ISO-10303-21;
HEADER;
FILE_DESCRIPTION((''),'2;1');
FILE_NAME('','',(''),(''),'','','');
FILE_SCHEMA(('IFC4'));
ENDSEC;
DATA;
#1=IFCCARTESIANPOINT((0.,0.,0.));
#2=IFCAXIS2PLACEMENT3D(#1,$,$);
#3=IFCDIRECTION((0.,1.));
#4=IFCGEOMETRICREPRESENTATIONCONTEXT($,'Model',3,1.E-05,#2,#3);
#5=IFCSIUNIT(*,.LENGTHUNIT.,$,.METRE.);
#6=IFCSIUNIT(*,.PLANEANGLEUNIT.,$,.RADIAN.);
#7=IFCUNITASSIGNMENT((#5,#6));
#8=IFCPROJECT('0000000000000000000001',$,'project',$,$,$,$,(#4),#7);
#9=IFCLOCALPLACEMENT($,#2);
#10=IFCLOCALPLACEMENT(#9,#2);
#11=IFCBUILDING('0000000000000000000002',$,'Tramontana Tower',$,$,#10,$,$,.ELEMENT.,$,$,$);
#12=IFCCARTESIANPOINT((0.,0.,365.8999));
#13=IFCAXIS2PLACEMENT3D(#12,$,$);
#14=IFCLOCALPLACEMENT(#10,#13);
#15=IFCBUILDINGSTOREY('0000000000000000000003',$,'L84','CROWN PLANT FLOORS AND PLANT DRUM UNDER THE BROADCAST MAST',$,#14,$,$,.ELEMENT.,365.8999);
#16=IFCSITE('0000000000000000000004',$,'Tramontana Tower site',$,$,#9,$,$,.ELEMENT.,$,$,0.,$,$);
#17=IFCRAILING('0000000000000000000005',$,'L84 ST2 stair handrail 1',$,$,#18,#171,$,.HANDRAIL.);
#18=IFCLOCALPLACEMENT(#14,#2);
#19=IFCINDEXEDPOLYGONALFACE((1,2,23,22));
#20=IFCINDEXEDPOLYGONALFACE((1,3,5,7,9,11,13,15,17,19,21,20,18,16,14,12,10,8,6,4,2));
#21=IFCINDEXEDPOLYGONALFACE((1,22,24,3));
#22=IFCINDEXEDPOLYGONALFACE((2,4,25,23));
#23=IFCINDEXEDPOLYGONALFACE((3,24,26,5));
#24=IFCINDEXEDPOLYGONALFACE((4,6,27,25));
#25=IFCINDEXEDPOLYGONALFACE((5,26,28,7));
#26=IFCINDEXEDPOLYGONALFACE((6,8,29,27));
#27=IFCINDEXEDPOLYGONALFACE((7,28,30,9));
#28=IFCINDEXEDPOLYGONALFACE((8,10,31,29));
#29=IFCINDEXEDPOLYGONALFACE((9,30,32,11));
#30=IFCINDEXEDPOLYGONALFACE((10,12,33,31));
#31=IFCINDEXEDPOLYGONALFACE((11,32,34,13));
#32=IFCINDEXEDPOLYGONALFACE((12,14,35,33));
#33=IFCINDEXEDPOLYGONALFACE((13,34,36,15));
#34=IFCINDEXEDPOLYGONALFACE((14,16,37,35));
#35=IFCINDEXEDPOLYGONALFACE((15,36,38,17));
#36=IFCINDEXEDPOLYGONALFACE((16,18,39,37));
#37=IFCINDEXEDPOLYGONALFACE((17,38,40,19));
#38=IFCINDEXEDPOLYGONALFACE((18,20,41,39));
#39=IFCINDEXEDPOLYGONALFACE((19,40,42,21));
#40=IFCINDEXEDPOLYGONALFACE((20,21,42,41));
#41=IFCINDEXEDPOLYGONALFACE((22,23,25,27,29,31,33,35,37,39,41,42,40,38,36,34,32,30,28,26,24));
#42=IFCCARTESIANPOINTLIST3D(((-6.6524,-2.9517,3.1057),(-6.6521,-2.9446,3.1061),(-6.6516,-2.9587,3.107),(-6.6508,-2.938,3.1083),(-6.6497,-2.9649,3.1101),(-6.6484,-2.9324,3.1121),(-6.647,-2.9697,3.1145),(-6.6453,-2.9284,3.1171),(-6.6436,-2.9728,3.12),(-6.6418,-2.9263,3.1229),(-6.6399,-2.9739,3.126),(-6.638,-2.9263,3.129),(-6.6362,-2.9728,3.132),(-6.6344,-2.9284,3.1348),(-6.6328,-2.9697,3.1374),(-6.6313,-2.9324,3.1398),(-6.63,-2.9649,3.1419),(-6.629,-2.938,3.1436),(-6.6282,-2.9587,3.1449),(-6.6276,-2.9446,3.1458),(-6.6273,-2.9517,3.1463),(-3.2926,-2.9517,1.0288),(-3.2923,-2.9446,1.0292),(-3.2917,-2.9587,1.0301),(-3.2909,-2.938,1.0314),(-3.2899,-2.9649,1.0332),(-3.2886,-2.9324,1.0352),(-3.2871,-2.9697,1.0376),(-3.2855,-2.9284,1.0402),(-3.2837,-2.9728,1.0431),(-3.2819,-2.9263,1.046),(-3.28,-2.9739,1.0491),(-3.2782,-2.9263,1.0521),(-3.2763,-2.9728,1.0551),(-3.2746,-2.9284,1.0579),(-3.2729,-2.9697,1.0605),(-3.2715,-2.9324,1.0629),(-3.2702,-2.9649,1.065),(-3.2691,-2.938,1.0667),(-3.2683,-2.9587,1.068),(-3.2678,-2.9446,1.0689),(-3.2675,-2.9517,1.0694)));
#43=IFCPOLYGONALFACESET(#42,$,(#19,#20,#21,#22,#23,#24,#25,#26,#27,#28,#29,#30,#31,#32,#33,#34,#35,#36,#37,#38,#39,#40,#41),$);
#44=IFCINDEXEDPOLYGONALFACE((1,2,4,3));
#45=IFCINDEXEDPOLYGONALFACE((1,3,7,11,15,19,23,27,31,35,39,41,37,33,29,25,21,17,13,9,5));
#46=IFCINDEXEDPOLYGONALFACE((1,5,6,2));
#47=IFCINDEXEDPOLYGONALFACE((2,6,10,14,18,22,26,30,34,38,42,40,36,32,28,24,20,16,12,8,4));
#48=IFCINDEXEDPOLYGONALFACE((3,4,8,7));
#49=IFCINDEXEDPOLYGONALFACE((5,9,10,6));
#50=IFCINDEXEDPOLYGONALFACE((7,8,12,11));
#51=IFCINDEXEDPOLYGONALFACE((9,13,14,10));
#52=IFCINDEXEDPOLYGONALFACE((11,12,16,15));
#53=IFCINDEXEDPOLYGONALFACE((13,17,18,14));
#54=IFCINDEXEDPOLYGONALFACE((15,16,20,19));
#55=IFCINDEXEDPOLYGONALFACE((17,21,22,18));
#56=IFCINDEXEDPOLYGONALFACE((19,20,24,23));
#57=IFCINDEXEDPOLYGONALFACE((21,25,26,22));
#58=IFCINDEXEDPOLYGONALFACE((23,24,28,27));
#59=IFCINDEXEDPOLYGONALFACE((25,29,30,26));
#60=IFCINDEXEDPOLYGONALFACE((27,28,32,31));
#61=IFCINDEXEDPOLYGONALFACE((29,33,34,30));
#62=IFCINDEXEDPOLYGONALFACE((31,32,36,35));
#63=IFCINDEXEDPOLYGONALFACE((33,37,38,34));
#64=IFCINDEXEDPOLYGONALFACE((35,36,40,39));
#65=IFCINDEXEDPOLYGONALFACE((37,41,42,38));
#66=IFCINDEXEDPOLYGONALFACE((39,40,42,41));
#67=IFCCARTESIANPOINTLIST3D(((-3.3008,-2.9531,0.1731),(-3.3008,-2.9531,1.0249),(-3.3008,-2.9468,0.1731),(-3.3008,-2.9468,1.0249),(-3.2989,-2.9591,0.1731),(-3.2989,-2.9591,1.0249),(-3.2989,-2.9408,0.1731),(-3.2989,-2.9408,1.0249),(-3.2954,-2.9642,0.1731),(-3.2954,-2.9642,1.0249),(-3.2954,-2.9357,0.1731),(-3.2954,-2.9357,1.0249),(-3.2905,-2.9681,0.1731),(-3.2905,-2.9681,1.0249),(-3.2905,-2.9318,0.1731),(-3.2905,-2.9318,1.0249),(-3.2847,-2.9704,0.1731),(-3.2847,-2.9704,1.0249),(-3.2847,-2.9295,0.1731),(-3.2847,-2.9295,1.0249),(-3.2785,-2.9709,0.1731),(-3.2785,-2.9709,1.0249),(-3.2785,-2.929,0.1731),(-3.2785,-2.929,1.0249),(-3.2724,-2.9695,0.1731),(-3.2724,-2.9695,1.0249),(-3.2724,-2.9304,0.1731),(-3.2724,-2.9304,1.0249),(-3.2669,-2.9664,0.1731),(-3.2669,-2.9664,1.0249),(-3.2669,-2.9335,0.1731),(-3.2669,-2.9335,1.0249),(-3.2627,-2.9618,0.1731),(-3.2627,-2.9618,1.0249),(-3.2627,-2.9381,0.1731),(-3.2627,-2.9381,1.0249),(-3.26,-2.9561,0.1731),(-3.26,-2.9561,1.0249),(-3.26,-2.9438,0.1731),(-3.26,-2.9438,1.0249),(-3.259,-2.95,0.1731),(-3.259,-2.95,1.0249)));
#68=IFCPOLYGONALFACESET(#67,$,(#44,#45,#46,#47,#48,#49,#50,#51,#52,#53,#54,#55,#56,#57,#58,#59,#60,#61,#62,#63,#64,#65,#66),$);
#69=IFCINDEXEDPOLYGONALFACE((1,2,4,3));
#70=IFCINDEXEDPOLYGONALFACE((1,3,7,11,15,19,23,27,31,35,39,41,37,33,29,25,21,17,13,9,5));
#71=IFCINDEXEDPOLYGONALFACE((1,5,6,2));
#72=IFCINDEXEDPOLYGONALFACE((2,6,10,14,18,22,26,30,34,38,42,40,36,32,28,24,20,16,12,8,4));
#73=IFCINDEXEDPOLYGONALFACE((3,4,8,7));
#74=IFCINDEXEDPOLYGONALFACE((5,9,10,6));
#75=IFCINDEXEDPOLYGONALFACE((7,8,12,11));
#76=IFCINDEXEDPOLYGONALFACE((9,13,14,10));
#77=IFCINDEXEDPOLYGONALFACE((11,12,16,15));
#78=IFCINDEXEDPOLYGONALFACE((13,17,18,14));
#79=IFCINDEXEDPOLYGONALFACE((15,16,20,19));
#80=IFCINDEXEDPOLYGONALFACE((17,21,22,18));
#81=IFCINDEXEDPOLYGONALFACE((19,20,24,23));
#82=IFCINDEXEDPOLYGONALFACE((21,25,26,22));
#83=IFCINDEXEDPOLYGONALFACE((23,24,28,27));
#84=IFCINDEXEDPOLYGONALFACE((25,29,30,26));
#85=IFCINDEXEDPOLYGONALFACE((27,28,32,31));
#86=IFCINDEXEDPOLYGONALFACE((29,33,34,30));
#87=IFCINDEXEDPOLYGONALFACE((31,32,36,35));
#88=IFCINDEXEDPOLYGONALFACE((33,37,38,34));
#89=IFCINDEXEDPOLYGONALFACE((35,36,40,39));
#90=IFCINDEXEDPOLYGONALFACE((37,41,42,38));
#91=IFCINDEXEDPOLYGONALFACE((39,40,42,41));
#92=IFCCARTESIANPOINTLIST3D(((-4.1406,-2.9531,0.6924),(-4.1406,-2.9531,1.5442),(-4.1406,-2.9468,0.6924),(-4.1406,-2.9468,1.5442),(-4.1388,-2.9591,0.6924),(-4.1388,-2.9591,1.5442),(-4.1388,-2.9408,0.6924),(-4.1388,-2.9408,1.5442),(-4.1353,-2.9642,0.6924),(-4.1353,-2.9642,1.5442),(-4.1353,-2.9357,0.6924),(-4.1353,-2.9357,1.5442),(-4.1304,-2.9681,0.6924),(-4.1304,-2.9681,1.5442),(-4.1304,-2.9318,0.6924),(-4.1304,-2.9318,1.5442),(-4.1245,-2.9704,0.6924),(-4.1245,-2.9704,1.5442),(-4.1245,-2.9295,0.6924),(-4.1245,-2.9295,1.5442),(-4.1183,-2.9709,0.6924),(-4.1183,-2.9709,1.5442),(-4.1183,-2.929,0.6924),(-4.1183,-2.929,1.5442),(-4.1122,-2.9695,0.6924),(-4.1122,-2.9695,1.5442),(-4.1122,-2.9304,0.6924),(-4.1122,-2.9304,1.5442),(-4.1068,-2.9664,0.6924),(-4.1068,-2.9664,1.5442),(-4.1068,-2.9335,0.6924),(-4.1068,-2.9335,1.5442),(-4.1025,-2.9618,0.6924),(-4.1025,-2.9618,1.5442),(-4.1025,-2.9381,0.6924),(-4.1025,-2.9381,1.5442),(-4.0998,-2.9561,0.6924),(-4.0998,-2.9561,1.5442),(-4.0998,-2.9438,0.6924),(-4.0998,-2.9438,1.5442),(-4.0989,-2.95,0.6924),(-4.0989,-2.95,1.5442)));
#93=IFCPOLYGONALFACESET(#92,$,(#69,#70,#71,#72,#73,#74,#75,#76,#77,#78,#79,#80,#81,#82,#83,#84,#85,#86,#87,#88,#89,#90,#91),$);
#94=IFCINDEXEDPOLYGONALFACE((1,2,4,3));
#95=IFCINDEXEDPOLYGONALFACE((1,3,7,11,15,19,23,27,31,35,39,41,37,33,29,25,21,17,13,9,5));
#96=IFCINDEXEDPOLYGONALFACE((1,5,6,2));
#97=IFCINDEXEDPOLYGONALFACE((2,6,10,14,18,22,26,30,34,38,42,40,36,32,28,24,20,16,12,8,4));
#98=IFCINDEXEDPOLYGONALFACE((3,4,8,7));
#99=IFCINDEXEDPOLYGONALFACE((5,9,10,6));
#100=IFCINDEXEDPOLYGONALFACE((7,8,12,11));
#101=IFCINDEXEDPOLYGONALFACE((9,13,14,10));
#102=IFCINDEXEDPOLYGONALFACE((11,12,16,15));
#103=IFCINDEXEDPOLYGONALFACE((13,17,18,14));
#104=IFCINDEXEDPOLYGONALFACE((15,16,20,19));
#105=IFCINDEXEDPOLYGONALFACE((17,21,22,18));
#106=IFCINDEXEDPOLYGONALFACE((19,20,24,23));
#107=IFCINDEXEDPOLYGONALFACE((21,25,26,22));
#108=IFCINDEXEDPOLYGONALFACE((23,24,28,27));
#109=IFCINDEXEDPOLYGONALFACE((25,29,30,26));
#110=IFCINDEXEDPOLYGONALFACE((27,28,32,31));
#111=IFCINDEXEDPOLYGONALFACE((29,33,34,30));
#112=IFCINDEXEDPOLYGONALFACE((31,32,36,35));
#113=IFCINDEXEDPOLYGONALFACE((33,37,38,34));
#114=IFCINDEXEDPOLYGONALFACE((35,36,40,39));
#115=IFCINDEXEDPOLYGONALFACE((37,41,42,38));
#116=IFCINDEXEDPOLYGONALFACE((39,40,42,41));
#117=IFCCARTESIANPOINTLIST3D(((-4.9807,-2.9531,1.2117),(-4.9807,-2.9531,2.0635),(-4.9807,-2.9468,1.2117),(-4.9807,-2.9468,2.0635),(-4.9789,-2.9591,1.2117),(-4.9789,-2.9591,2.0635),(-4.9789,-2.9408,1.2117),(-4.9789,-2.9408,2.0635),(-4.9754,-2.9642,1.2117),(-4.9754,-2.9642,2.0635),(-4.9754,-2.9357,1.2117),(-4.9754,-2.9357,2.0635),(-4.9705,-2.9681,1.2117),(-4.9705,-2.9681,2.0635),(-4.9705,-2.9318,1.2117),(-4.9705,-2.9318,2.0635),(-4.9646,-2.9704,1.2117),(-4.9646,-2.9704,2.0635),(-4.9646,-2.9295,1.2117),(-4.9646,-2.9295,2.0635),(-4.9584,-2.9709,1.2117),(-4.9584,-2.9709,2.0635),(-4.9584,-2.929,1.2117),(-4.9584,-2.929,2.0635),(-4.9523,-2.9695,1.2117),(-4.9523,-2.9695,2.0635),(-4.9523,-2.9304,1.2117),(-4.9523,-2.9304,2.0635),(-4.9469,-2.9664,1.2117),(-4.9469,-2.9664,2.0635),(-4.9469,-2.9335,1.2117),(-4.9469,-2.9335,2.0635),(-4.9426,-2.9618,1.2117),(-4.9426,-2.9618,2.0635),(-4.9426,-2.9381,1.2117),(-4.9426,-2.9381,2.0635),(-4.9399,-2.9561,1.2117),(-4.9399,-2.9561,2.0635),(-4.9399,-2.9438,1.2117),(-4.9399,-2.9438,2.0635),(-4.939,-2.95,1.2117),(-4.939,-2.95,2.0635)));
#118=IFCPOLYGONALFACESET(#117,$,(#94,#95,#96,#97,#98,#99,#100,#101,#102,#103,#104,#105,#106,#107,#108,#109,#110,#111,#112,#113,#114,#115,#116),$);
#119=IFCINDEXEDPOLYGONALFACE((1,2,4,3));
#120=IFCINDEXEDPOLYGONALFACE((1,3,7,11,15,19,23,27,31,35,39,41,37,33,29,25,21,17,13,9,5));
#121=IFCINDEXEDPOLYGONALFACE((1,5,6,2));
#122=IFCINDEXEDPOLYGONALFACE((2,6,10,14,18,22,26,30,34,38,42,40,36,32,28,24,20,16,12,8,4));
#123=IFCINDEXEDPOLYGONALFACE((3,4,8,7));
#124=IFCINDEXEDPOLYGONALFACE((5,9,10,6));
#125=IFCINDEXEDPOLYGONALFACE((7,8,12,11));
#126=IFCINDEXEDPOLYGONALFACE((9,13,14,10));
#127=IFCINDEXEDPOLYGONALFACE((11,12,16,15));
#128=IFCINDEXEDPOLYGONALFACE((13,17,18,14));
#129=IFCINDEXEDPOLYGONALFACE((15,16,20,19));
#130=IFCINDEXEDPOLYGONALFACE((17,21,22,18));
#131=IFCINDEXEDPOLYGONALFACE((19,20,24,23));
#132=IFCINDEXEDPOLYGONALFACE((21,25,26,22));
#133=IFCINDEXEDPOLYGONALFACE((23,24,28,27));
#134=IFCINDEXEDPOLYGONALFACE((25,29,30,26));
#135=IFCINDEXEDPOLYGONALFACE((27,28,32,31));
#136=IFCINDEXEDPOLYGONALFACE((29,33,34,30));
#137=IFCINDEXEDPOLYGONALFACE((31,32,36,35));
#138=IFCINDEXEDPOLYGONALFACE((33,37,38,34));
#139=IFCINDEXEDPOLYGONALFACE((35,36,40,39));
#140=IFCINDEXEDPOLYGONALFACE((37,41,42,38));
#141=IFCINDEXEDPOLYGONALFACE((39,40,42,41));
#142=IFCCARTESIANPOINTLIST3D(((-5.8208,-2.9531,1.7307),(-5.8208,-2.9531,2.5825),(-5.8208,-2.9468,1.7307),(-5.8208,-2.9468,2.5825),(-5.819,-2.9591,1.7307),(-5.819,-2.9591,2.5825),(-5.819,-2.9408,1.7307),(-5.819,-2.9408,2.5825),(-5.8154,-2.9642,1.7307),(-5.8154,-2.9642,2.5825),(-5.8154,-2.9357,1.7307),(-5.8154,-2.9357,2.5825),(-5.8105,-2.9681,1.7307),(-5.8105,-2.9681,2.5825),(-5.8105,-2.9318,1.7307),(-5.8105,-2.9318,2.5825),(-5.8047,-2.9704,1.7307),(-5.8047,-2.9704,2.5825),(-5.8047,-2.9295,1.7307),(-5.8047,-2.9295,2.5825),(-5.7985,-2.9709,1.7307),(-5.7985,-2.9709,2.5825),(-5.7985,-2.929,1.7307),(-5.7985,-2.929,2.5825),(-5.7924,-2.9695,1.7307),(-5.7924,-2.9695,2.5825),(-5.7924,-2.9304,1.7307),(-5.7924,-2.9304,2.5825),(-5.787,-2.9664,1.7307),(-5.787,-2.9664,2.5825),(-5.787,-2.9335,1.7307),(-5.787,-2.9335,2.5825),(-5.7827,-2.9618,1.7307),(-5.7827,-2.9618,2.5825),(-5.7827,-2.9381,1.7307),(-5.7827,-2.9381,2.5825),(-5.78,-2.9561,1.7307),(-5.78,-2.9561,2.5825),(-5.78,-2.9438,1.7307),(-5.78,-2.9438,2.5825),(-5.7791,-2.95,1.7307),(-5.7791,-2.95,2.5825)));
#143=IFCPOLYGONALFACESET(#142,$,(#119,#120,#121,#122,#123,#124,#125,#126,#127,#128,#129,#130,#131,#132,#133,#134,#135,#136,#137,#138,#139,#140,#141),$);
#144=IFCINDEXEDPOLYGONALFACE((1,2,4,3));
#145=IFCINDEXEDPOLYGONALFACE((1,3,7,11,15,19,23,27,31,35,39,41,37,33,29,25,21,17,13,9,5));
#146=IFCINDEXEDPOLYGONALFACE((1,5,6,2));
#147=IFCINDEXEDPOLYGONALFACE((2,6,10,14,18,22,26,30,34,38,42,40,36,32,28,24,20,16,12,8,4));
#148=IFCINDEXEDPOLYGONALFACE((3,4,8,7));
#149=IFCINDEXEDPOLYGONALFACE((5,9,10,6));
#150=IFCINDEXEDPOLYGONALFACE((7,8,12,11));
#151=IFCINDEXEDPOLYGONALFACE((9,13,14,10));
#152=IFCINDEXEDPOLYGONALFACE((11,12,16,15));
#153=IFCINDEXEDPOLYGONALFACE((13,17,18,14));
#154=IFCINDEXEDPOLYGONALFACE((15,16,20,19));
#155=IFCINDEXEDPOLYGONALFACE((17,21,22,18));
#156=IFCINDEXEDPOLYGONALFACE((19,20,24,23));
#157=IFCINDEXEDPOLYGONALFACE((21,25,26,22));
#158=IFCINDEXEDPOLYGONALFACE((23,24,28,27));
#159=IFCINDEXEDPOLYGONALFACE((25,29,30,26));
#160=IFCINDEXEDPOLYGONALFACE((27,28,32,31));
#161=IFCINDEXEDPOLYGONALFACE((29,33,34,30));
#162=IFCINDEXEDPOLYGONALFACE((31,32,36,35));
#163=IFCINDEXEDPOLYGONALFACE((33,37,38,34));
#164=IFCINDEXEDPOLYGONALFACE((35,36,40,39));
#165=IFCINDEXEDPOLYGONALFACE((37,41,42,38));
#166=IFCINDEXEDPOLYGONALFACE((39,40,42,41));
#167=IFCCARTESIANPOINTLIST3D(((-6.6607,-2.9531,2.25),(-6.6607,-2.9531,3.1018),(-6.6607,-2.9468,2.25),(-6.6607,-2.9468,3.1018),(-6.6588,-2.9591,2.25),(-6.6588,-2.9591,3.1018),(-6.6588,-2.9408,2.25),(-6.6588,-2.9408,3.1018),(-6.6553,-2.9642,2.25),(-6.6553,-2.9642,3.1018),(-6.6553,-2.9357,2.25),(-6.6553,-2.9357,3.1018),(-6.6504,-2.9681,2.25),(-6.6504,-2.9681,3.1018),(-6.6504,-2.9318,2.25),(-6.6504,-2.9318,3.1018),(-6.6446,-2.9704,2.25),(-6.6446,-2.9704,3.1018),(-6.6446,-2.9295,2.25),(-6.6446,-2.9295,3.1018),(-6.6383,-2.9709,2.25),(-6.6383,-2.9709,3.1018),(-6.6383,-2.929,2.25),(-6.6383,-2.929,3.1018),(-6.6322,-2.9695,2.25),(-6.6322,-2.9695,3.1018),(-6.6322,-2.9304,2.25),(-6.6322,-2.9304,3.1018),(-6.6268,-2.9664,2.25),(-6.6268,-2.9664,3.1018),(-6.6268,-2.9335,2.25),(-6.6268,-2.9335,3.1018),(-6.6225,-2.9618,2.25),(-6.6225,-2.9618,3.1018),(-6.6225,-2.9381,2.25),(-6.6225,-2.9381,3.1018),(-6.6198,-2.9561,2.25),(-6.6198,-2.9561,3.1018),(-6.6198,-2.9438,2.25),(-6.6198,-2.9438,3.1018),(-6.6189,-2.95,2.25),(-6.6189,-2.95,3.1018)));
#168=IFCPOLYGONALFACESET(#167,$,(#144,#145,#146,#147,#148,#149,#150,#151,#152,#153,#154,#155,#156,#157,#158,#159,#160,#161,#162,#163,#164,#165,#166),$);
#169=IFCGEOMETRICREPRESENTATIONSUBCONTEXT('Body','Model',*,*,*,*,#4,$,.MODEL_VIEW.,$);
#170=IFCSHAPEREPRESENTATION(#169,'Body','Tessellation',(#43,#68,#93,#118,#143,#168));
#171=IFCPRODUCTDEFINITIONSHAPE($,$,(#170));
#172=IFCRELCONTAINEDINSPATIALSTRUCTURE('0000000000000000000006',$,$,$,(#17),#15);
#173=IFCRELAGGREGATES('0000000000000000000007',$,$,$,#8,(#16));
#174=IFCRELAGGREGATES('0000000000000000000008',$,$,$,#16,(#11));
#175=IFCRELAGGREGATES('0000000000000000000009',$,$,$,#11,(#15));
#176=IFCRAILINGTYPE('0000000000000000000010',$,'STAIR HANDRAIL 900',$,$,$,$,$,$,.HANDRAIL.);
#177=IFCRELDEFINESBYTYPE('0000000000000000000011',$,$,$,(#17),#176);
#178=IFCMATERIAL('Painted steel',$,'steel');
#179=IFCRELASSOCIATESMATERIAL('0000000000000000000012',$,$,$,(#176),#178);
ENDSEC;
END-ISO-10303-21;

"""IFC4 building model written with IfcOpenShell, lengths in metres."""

from ifc_helpers import new_model, si_unit, direction, frame, origin, origin_2d, place, context, subcontext, project, spatial, circle, extrude, material, type_object, element, save


model = new_model("IFC4")

# Units and contexts
model_context = context("Model", 3, precision=1e-05, world=origin(), true_north=direction((0.0, 1.0)))
body_context = subcontext(model_context, "Body", "Model", "MODEL_VIEW")
ifc_project = project(units=[si_unit("LENGTHUNIT", "METRE"), si_unit("PLANEANGLEUNIT", "RADIAN")], contexts=[model_context])

# Site, building, storey
site_placement = place(None, origin())
site = spatial("IfcSite", under=ifc_project, at=site_placement, Name="Tramontana Tower site", CompositionType="ELEMENT", RefElevation=0.0)
building_placement = place(site_placement, origin())
building = spatial("IfcBuilding", under=site, at=building_placement, Name="Tramontana Tower", CompositionType="ELEMENT")
storey_placement = place(building_placement, frame((0.0, 0.0, 365.8999)))
storey = spatial("IfcBuildingStorey", under=building, at=storey_placement, Name="L84", Description="CROWN PLANT FLOORS AND PLANT DRUM UNDER THE BROADCAST MAST", CompositionType="ELEMENT", Elevation=365.8999)

# Railing
ifc_material_1 = material(Name="Painted steel", Category="steel")
railing_type_1 = type_object("IfcRailingType", Name="STAIR HANDRAIL 900", PredefinedType="HANDRAIL", material=ifc_material_1)
railing_1_placement = place(storey_placement, frame((-3.28, -2.95, 0.1731)))
element("IfcRailing", 1, at=railing_1_placement, inside=storey, type_object=railing_type_1, Name="L84 ST2 stair handrail 1", PredefinedType="HANDRAIL", context=body_context, shape_type="SweptSolid", body=[
    extrude(circle(Radius=0.0239, at=origin_2d()), frame((0.0, 0.0, 0.876), z_axis=(-0.850606, 0.0, 0.525803), x_axis=(0.0, -1.0, 0.0)), (0.0, 0.0, 1.0), 3.95),
    extrude(circle(Radius=0.021, at=origin_2d()), origin(), (0.0, 0.0, 1.0), 0.8518),
    extrude(circle(Radius=0.021, at=origin_2d()), frame((-0.8398, 0.0, 0.5193)), (0.0, 0.0, 1.0), 0.8518),
    extrude(circle(Radius=0.021, at=origin_2d()), frame((-1.6799, 0.0, 1.0386)), (0.0, 0.0, 1.0), 0.8518),
    extrude(circle(Radius=0.021, at=origin_2d()), frame((-2.52, 0.0, 1.5576)), (0.0, 0.0, 1.0), 0.8518),
    extrude(circle(Radius=0.021, at=origin_2d()), frame((-3.3599, 0.0, 2.0769)), (0.0, 0.0, 1.0), 0.8518),
])

save(model, "model.ifc")
